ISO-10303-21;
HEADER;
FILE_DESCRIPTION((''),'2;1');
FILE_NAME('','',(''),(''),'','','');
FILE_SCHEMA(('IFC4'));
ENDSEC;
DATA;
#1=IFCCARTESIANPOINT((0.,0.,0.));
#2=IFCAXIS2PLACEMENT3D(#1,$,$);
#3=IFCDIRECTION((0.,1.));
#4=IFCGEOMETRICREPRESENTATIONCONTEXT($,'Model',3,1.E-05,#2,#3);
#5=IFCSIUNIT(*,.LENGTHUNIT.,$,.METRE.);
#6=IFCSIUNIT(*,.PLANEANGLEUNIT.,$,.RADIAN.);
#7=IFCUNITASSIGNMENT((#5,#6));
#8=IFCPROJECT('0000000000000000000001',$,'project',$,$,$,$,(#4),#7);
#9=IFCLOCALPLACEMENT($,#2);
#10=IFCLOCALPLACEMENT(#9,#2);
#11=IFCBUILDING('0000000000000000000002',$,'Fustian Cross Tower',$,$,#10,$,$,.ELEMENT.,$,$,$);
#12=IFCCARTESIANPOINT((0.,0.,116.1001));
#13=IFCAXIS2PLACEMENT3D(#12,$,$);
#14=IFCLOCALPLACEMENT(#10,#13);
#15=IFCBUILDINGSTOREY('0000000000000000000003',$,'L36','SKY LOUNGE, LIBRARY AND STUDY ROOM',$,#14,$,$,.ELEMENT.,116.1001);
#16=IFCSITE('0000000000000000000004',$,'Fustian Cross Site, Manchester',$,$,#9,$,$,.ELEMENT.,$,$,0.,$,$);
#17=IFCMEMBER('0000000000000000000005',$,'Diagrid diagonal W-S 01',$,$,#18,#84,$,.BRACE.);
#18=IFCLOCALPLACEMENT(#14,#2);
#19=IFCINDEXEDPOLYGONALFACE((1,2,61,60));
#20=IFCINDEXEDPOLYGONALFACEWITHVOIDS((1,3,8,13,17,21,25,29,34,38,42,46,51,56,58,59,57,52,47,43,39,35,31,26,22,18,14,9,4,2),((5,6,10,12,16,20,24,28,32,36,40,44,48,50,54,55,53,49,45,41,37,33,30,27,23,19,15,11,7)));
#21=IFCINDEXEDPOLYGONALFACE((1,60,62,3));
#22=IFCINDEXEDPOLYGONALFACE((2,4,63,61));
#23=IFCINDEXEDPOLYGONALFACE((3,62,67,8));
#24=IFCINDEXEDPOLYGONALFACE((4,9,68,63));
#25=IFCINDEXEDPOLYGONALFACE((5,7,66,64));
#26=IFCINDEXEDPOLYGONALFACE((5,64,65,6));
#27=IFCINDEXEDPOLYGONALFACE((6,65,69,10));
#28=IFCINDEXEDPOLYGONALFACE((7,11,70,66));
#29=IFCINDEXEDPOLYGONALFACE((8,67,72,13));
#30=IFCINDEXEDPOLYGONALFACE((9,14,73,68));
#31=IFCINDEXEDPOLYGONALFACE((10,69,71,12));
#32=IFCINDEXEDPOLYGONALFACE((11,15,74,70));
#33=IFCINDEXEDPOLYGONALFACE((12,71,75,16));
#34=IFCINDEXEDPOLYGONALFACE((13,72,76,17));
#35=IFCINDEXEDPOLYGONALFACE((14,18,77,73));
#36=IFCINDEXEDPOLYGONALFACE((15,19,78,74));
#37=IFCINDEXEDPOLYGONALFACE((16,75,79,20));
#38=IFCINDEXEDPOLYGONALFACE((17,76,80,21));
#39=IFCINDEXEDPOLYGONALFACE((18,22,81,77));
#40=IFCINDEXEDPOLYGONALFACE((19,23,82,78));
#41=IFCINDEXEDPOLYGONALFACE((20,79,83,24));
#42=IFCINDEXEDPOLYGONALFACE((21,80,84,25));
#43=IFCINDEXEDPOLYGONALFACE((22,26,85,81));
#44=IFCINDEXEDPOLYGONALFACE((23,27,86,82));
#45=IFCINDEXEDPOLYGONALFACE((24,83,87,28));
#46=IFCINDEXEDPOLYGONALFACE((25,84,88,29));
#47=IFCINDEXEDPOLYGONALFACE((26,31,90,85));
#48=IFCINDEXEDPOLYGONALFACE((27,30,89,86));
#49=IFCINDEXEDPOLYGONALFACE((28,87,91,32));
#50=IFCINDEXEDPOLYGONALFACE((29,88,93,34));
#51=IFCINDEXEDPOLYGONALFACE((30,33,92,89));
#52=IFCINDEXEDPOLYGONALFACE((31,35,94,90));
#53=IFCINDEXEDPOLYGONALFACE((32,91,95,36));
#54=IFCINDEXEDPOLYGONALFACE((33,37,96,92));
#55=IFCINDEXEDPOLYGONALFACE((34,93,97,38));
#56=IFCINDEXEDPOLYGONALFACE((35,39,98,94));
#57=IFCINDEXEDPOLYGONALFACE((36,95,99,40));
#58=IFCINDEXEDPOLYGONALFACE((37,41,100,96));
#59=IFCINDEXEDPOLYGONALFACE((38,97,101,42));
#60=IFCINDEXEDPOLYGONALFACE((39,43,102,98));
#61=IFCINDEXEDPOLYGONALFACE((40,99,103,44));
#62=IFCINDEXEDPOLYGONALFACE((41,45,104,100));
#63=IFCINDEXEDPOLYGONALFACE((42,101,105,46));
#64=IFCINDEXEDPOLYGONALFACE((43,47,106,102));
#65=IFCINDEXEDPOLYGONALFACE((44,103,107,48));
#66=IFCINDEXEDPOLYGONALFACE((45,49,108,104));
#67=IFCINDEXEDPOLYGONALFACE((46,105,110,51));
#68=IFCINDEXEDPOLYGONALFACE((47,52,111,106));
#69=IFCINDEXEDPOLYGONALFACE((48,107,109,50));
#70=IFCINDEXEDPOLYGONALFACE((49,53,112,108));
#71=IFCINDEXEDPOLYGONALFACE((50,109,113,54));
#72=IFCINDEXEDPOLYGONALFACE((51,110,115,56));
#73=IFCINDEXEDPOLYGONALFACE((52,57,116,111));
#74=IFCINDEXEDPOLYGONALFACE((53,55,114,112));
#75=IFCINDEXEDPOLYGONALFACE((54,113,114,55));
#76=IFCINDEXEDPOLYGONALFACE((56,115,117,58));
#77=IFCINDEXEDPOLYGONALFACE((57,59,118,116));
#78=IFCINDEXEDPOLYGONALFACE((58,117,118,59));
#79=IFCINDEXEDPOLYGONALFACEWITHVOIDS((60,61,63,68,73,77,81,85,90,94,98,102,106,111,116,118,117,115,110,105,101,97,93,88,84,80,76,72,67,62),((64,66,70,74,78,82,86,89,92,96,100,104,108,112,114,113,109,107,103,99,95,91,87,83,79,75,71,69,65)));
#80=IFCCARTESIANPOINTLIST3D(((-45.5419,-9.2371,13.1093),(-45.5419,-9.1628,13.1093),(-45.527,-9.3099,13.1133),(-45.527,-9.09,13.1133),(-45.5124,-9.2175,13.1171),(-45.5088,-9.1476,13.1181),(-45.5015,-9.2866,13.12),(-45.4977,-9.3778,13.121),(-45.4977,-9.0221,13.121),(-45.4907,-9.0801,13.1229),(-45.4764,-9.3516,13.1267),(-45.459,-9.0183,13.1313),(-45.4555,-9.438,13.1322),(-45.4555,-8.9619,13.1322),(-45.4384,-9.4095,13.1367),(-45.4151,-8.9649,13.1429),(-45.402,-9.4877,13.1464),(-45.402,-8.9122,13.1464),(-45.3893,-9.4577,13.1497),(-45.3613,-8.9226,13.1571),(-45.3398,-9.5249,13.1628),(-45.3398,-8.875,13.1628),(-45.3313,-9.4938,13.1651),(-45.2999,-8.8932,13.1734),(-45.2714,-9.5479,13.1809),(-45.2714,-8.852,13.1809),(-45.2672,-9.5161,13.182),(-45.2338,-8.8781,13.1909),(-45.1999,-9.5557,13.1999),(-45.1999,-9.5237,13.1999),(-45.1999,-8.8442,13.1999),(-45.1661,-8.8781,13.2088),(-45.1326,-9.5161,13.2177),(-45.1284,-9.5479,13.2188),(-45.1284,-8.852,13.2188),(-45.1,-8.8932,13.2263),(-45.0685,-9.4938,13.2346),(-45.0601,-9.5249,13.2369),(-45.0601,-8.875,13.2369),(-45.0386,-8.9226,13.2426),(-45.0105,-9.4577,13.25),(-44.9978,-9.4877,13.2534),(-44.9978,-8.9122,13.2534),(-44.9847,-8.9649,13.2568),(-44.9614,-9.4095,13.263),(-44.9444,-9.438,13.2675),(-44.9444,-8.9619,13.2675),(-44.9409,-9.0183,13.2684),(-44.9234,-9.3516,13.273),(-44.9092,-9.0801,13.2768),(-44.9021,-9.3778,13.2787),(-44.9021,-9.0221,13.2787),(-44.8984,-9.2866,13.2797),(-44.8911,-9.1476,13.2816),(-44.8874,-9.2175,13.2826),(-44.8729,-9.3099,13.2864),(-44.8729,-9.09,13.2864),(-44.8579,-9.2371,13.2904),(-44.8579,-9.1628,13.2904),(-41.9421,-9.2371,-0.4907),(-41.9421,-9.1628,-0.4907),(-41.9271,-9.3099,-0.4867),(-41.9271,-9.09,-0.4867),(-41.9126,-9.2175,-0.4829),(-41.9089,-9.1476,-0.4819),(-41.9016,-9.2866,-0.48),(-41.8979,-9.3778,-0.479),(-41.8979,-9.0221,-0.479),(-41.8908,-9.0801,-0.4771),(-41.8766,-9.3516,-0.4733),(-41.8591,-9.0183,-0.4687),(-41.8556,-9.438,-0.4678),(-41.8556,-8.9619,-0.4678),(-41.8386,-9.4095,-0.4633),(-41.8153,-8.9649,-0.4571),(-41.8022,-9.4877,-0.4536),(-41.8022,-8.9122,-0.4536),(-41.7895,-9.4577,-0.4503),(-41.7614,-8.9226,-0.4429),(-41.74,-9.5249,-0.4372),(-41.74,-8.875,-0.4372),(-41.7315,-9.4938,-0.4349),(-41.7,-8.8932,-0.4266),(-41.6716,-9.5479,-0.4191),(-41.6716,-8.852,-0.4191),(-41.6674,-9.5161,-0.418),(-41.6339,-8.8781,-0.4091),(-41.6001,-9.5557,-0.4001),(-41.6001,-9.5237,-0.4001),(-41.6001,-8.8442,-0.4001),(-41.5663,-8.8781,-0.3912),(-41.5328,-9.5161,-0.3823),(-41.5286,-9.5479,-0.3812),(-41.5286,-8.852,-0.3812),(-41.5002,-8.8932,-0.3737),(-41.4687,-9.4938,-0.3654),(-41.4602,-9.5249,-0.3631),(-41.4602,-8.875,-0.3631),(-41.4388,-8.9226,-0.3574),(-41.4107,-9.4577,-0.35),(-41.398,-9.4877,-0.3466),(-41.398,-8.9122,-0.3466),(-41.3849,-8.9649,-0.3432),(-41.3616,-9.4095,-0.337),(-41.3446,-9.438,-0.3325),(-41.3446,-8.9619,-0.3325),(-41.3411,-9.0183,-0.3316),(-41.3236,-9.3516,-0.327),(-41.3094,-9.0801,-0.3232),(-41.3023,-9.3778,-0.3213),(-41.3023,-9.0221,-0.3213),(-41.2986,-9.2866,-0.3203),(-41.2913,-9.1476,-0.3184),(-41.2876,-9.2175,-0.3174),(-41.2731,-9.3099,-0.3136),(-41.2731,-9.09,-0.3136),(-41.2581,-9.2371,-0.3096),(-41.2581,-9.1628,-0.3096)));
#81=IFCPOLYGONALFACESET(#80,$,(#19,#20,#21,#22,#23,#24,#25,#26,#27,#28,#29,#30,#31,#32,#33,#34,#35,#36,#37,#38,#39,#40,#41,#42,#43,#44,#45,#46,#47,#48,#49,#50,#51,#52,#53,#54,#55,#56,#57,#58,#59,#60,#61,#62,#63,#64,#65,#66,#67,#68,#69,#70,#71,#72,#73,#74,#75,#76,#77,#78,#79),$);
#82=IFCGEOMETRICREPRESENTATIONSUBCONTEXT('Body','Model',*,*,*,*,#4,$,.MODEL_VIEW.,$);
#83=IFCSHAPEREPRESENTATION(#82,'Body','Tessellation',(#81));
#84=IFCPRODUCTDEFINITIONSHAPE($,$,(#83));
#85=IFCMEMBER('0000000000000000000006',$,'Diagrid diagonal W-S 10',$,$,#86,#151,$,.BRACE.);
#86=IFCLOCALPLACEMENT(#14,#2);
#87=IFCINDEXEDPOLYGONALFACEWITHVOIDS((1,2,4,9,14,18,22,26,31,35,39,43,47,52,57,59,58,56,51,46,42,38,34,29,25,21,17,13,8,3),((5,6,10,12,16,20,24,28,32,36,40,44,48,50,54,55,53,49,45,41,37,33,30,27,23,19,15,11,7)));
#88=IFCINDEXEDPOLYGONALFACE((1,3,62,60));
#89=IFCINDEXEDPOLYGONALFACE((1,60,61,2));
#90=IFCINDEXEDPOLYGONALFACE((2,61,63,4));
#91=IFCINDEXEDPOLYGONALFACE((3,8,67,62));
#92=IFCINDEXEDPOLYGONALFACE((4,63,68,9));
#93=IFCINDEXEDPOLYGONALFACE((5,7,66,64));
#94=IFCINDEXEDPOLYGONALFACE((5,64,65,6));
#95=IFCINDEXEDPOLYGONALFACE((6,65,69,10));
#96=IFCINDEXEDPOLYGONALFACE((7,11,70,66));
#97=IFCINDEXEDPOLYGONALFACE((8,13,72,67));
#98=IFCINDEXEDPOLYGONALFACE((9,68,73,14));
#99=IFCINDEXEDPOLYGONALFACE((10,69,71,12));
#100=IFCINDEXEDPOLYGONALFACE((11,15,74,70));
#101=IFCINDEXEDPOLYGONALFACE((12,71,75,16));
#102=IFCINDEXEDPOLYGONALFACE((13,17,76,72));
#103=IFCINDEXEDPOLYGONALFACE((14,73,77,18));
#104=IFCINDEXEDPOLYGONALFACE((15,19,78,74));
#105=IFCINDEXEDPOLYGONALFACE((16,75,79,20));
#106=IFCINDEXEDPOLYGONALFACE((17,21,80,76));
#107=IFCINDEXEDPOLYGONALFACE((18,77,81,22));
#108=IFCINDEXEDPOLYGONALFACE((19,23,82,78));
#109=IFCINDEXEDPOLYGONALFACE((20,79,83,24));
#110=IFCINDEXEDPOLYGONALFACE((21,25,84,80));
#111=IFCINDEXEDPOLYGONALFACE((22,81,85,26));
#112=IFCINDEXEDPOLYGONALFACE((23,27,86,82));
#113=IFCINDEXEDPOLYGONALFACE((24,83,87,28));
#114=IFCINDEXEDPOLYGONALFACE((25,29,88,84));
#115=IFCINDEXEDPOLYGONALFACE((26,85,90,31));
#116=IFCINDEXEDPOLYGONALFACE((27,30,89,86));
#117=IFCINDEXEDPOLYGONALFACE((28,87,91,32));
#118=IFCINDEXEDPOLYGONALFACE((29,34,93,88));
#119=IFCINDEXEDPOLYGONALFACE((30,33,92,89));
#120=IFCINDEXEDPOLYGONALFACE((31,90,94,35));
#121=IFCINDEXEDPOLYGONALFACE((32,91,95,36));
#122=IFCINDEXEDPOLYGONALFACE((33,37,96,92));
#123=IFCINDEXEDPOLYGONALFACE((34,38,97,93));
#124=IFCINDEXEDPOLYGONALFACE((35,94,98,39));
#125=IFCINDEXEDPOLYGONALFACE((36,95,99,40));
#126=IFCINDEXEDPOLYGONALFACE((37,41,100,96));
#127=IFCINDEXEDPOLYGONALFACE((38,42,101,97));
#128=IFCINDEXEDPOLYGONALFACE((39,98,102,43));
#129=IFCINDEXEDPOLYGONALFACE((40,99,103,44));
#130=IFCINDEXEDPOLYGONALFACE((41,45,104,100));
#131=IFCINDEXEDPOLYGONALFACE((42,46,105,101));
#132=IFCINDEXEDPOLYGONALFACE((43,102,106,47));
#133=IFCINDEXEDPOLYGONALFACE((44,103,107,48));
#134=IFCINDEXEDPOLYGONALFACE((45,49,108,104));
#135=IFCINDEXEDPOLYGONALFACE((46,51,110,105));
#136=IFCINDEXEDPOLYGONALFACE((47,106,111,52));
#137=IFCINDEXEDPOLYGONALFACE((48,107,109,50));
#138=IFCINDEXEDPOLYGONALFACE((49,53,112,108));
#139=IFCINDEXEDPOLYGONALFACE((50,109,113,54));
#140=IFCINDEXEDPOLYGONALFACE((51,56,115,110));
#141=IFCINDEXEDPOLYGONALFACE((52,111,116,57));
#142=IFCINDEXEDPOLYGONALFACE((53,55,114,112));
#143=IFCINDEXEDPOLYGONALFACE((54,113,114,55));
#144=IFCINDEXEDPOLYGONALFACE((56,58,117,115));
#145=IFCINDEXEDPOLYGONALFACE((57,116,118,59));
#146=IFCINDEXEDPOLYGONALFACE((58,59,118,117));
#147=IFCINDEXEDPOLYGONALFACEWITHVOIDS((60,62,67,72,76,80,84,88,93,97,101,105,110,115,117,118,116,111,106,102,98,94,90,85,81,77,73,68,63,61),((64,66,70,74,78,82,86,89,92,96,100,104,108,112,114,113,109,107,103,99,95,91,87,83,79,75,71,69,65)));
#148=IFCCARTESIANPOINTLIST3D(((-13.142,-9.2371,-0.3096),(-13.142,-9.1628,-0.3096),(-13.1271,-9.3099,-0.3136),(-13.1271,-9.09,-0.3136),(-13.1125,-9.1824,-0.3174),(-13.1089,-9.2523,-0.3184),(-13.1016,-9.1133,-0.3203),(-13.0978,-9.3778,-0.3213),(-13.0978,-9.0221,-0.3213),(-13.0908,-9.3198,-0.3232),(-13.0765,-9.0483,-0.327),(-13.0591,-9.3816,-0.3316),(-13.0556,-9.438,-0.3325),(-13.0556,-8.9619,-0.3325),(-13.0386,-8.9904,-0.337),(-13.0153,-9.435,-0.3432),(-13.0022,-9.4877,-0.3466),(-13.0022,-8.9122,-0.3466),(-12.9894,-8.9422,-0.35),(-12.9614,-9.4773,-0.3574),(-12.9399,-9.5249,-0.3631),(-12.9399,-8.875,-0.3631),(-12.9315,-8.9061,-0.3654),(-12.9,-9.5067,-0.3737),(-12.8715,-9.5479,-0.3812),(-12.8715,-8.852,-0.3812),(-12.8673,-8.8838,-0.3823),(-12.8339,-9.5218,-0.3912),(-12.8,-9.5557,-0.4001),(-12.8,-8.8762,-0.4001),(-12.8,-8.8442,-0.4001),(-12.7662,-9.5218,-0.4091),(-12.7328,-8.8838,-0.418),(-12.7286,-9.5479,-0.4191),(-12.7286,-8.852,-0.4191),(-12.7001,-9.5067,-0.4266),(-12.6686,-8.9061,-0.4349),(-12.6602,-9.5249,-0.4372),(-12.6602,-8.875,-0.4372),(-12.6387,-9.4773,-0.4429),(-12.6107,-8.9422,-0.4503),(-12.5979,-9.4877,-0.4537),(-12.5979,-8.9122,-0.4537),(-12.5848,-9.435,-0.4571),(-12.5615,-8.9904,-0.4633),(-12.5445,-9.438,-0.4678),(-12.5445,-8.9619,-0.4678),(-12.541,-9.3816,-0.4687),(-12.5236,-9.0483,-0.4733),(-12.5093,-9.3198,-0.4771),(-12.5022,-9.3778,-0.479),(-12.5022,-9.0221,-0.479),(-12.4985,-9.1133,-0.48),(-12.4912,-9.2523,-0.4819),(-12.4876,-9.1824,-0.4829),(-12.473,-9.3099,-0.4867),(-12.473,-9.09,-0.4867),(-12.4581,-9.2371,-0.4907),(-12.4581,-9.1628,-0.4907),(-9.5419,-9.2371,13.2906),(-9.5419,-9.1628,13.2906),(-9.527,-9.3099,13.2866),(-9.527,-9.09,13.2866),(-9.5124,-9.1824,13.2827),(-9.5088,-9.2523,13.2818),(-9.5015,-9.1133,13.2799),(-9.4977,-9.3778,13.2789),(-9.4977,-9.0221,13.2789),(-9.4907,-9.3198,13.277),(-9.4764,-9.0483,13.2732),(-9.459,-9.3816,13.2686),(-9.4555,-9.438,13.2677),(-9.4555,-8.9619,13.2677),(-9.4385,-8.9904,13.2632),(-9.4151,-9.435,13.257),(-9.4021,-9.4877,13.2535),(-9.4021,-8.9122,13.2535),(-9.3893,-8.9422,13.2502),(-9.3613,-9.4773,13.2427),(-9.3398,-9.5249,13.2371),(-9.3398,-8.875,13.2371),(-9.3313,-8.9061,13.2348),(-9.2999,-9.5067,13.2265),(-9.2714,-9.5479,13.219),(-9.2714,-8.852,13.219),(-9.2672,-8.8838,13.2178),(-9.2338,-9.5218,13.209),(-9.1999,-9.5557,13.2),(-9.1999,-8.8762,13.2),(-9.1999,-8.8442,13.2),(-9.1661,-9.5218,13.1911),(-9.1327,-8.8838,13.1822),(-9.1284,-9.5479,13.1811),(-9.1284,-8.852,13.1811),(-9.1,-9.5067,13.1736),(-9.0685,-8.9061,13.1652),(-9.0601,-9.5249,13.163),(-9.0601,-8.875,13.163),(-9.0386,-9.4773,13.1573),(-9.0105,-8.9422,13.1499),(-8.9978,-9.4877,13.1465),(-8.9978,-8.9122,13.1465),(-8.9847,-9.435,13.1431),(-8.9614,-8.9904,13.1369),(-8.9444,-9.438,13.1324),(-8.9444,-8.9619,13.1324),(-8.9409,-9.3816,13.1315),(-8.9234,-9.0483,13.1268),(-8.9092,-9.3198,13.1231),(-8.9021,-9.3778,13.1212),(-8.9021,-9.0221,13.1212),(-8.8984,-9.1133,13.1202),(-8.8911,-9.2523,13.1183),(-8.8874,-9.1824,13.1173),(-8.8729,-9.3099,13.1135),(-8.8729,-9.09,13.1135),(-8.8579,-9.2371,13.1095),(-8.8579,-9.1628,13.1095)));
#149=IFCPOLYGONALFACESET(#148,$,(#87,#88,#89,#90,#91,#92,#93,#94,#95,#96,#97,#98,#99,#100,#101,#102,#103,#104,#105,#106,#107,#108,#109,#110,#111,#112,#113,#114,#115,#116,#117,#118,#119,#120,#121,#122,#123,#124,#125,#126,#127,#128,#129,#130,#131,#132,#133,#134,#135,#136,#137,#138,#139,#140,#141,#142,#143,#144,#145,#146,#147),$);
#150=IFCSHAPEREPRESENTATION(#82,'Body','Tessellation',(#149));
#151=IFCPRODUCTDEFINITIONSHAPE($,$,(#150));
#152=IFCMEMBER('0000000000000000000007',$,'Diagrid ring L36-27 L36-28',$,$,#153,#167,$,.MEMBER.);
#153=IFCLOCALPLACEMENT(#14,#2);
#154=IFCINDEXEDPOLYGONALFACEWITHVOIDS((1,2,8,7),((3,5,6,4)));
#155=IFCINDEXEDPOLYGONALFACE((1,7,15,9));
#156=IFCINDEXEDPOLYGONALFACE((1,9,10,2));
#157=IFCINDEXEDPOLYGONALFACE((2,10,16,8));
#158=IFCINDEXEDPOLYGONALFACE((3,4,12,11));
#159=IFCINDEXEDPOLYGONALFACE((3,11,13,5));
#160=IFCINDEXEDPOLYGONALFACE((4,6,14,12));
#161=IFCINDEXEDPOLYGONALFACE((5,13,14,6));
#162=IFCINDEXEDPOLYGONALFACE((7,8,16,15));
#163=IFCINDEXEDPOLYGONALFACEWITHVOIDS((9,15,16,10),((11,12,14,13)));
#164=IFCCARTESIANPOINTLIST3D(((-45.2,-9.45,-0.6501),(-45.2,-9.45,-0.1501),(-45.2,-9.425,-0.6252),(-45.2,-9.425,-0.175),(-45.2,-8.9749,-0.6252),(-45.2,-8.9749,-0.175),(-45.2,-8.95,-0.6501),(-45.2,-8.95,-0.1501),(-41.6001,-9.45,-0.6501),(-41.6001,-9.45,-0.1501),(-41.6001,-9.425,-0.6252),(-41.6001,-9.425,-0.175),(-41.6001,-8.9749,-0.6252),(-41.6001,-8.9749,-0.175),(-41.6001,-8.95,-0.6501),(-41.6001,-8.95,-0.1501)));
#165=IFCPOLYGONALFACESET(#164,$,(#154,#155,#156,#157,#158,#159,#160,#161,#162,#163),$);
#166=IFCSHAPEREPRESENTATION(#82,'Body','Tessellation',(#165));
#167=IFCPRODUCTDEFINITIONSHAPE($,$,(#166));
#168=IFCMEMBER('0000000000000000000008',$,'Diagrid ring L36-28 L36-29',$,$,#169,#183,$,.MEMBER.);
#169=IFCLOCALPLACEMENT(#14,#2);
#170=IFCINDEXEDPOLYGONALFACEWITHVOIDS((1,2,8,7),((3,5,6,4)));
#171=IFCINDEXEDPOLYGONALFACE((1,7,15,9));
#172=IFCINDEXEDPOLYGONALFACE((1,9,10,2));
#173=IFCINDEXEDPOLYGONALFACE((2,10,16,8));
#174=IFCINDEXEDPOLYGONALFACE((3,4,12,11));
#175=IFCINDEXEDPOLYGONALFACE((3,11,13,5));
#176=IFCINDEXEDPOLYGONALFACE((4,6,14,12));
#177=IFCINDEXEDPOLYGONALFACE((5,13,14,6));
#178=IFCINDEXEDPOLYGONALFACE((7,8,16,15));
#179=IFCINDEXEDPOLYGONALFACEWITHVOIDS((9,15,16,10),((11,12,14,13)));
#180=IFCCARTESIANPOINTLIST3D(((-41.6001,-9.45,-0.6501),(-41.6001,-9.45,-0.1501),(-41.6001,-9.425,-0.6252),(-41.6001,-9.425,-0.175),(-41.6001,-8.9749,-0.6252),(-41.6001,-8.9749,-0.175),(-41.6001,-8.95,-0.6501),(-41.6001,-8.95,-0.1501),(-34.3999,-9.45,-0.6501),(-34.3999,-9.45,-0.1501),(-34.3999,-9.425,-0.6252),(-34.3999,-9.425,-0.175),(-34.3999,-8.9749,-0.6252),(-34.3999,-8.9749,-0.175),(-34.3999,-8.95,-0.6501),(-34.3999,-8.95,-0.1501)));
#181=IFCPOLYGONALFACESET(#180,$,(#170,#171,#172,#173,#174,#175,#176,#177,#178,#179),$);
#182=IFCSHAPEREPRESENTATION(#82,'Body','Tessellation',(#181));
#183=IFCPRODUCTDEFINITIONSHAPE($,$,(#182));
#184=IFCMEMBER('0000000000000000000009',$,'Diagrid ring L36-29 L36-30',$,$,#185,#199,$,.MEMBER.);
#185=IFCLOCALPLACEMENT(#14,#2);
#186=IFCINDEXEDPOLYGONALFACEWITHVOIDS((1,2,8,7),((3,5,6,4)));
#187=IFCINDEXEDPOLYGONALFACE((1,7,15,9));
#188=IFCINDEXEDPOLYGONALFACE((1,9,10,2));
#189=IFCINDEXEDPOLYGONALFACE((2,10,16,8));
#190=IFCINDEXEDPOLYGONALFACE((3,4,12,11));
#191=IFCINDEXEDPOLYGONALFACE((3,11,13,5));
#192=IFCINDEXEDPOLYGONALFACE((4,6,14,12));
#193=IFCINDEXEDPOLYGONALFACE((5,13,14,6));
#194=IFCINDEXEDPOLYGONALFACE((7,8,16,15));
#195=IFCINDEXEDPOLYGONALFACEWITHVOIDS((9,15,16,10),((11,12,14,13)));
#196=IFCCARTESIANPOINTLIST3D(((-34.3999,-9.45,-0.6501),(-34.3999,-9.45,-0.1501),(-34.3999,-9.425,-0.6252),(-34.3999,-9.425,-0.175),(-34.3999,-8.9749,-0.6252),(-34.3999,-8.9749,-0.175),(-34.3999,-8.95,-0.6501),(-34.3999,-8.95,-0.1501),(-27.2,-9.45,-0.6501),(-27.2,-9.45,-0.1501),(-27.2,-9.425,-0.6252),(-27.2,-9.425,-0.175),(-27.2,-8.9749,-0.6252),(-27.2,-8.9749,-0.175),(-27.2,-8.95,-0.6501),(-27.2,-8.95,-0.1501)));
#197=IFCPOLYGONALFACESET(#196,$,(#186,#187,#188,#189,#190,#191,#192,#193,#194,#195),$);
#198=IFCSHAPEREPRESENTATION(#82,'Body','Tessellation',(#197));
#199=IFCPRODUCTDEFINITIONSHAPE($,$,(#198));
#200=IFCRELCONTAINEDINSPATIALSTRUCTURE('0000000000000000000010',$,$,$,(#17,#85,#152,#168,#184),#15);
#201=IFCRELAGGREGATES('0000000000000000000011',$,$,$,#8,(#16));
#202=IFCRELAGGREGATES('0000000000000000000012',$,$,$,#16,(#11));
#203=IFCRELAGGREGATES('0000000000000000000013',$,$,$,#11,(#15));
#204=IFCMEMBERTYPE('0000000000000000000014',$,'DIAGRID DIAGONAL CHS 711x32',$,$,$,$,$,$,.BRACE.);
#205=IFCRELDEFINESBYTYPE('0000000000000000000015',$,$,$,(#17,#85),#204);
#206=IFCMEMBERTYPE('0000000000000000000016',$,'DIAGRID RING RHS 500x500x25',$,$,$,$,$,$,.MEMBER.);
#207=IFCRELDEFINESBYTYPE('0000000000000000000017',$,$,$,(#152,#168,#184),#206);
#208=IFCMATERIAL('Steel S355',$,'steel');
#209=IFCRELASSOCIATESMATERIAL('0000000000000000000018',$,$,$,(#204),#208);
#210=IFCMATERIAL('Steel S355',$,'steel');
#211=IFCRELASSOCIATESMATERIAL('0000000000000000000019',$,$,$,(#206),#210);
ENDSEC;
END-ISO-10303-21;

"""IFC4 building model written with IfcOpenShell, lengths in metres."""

from ifc_helpers import new_model, si_unit, direction, frame, origin, origin_2d, place, context, subcontext, project, spatial, hollow_rectangle, hollow_circle, extrude, material, material_profile, profile_set, type_object, element, save


model = new_model("IFC4")

# Units and contexts
model_context = context("Model", 3, precision=1e-05, world=origin(), true_north=direction((0.0, 1.0)))
body_context = subcontext(model_context, "Body", "Model", "MODEL_VIEW")
ifc_project = project(units=[si_unit("LENGTHUNIT", "METRE"), si_unit("PLANEANGLEUNIT", "RADIAN")], contexts=[model_context])

# Site, building, storey
site_placement = place(None, origin())
site = spatial("IfcSite", under=ifc_project, at=site_placement, Name="Fustian Cross Site, Manchester", CompositionType="ELEMENT", RefElevation=0.0)
building_placement = place(site_placement, origin())
building = spatial("IfcBuilding", under=site, at=building_placement, Name="Fustian Cross Tower", CompositionType="ELEMENT")
storey_placement = place(building_placement, frame((0.0, 0.0, 116.1001)))
storey = spatial("IfcBuildingStorey", under=building, at=storey_placement, Name="L36", Description="SKY LOUNGE, LIBRARY AND STUDY ROOM", CompositionType="ELEMENT", Elevation=116.1001)

# Members
ifc_material_1 = material(Name="Steel S355", Category="steel")
ifc_material_profile_1 = material_profile(ifc_material_1, hollow_circle(Radius=0.3557, WallThickness=0.032, at=origin_2d()), Name="CHS 711x32")
ifc_profile_set_1 = profile_set([ifc_material_profile_1], Name="Steel S355")
member_type_1 = type_object("IfcMemberType", Name="DIAGRID DIAGONAL CHS 711x32", PredefinedType="BRACE", material=ifc_profile_set_1)
member_1_placement = place(storey_placement, frame((-41.6001, -9.2, -0.4001), z_axis=(-0.255881, 0.0, 0.966708), x_axis=(0.0, -1.0, 0.0)))
element("IfcMember", 1, at=member_1_placement, inside=storey, type_object=member_type_1, Name="Diagrid diagonal W-S 01", PredefinedType="BRACE", context=body_context, shape_type="SweptSolid", body=[
    extrude(hollow_circle(Radius=0.3557, WallThickness=0.032, at=origin_2d()), origin(), (0.0, 0.0, 1.0), 14.0684),
])
member_2_placement = place(storey_placement, frame((-12.8, -9.2, -0.4001), z_axis=(0.255897, 0.0, 0.966704), x_axis=(0.0, 1.0, 0.0)))
element("IfcMember", 2, at=member_2_placement, inside=storey, type_object=member_type_1, Name="Diagrid diagonal W-S 10", PredefinedType="BRACE", context=body_context, shape_type="SweptSolid", body=[
    extrude(hollow_circle(Radius=0.3557, WallThickness=0.032, at=origin_2d()), origin(), (0.0, 0.0, 1.0), 14.0686),
])
ifc_material_2 = material(Name="Steel S355", Category="steel")
ifc_material_profile_2 = material_profile(ifc_material_2, hollow_rectangle(XDim=0.5, YDim=0.5, WallThickness=0.0249, at=origin_2d()), Name="RHS 500x500x25")
ifc_profile_set_2 = profile_set([ifc_material_profile_2], Name="Steel S355")
member_type_2 = type_object("IfcMemberType", Name="DIAGRID RING RHS 500x500x25", PredefinedType="MEMBER", material=ifc_profile_set_2)
member_3_placement = place(storey_placement, frame((-45.2, -9.2, -0.4001), z_axis=(1.0, 0.0, 0.0), x_axis=(0.0, 1.0, 0.0)))
element("IfcMember", 3, at=member_3_placement, inside=storey, type_object=member_type_2, Name="Diagrid ring L36-27 L36-28", PredefinedType="MEMBER", context=body_context, shape_type="SweptSolid", body=[
    extrude(hollow_rectangle(XDim=0.5, YDim=0.5, WallThickness=0.0249, at=origin_2d()), origin(), (0.0, 0.0, 1.0), 3.5999),
])
member_4_placement = place(storey_placement, frame((-41.6001, -9.2, -0.4001), z_axis=(1.0, 0.0, 0.0), x_axis=(0.0, 1.0, 0.0)))
element("IfcMember", 4, at=member_4_placement, inside=storey, type_object=member_type_2, Name="Diagrid ring L36-28 L36-29", PredefinedType="MEMBER", context=body_context, shape_type="SweptSolid", body=[
    extrude(hollow_rectangle(XDim=0.5, YDim=0.5, WallThickness=0.0249, at=origin_2d()), origin(), (0.0, 0.0, 1.0), 7.2002),
])
for number, where, z_axis, x_axis, name in (
    (5, (-34.3999, -9.2, -0.4001), (1.0, 0.0, 0.0), (0.0, 1.0, 0.0), "Diagrid ring L36-29 L36-30"),
):
    element("IfcMember", number, at=place(storey_placement, frame(where, z_axis=z_axis, x_axis=x_axis)), inside=storey, type_object=member_type_2, Name=name, PredefinedType="MEMBER", context=body_context, shape_type="SweptSolid", body=[
        extrude(hollow_rectangle(XDim=0.5, YDim=0.5, WallThickness=0.0249, at=origin_2d()), origin(), (0.0, 0.0, 1.0), 7.2),
    ])

save(model, "model.ifc")
